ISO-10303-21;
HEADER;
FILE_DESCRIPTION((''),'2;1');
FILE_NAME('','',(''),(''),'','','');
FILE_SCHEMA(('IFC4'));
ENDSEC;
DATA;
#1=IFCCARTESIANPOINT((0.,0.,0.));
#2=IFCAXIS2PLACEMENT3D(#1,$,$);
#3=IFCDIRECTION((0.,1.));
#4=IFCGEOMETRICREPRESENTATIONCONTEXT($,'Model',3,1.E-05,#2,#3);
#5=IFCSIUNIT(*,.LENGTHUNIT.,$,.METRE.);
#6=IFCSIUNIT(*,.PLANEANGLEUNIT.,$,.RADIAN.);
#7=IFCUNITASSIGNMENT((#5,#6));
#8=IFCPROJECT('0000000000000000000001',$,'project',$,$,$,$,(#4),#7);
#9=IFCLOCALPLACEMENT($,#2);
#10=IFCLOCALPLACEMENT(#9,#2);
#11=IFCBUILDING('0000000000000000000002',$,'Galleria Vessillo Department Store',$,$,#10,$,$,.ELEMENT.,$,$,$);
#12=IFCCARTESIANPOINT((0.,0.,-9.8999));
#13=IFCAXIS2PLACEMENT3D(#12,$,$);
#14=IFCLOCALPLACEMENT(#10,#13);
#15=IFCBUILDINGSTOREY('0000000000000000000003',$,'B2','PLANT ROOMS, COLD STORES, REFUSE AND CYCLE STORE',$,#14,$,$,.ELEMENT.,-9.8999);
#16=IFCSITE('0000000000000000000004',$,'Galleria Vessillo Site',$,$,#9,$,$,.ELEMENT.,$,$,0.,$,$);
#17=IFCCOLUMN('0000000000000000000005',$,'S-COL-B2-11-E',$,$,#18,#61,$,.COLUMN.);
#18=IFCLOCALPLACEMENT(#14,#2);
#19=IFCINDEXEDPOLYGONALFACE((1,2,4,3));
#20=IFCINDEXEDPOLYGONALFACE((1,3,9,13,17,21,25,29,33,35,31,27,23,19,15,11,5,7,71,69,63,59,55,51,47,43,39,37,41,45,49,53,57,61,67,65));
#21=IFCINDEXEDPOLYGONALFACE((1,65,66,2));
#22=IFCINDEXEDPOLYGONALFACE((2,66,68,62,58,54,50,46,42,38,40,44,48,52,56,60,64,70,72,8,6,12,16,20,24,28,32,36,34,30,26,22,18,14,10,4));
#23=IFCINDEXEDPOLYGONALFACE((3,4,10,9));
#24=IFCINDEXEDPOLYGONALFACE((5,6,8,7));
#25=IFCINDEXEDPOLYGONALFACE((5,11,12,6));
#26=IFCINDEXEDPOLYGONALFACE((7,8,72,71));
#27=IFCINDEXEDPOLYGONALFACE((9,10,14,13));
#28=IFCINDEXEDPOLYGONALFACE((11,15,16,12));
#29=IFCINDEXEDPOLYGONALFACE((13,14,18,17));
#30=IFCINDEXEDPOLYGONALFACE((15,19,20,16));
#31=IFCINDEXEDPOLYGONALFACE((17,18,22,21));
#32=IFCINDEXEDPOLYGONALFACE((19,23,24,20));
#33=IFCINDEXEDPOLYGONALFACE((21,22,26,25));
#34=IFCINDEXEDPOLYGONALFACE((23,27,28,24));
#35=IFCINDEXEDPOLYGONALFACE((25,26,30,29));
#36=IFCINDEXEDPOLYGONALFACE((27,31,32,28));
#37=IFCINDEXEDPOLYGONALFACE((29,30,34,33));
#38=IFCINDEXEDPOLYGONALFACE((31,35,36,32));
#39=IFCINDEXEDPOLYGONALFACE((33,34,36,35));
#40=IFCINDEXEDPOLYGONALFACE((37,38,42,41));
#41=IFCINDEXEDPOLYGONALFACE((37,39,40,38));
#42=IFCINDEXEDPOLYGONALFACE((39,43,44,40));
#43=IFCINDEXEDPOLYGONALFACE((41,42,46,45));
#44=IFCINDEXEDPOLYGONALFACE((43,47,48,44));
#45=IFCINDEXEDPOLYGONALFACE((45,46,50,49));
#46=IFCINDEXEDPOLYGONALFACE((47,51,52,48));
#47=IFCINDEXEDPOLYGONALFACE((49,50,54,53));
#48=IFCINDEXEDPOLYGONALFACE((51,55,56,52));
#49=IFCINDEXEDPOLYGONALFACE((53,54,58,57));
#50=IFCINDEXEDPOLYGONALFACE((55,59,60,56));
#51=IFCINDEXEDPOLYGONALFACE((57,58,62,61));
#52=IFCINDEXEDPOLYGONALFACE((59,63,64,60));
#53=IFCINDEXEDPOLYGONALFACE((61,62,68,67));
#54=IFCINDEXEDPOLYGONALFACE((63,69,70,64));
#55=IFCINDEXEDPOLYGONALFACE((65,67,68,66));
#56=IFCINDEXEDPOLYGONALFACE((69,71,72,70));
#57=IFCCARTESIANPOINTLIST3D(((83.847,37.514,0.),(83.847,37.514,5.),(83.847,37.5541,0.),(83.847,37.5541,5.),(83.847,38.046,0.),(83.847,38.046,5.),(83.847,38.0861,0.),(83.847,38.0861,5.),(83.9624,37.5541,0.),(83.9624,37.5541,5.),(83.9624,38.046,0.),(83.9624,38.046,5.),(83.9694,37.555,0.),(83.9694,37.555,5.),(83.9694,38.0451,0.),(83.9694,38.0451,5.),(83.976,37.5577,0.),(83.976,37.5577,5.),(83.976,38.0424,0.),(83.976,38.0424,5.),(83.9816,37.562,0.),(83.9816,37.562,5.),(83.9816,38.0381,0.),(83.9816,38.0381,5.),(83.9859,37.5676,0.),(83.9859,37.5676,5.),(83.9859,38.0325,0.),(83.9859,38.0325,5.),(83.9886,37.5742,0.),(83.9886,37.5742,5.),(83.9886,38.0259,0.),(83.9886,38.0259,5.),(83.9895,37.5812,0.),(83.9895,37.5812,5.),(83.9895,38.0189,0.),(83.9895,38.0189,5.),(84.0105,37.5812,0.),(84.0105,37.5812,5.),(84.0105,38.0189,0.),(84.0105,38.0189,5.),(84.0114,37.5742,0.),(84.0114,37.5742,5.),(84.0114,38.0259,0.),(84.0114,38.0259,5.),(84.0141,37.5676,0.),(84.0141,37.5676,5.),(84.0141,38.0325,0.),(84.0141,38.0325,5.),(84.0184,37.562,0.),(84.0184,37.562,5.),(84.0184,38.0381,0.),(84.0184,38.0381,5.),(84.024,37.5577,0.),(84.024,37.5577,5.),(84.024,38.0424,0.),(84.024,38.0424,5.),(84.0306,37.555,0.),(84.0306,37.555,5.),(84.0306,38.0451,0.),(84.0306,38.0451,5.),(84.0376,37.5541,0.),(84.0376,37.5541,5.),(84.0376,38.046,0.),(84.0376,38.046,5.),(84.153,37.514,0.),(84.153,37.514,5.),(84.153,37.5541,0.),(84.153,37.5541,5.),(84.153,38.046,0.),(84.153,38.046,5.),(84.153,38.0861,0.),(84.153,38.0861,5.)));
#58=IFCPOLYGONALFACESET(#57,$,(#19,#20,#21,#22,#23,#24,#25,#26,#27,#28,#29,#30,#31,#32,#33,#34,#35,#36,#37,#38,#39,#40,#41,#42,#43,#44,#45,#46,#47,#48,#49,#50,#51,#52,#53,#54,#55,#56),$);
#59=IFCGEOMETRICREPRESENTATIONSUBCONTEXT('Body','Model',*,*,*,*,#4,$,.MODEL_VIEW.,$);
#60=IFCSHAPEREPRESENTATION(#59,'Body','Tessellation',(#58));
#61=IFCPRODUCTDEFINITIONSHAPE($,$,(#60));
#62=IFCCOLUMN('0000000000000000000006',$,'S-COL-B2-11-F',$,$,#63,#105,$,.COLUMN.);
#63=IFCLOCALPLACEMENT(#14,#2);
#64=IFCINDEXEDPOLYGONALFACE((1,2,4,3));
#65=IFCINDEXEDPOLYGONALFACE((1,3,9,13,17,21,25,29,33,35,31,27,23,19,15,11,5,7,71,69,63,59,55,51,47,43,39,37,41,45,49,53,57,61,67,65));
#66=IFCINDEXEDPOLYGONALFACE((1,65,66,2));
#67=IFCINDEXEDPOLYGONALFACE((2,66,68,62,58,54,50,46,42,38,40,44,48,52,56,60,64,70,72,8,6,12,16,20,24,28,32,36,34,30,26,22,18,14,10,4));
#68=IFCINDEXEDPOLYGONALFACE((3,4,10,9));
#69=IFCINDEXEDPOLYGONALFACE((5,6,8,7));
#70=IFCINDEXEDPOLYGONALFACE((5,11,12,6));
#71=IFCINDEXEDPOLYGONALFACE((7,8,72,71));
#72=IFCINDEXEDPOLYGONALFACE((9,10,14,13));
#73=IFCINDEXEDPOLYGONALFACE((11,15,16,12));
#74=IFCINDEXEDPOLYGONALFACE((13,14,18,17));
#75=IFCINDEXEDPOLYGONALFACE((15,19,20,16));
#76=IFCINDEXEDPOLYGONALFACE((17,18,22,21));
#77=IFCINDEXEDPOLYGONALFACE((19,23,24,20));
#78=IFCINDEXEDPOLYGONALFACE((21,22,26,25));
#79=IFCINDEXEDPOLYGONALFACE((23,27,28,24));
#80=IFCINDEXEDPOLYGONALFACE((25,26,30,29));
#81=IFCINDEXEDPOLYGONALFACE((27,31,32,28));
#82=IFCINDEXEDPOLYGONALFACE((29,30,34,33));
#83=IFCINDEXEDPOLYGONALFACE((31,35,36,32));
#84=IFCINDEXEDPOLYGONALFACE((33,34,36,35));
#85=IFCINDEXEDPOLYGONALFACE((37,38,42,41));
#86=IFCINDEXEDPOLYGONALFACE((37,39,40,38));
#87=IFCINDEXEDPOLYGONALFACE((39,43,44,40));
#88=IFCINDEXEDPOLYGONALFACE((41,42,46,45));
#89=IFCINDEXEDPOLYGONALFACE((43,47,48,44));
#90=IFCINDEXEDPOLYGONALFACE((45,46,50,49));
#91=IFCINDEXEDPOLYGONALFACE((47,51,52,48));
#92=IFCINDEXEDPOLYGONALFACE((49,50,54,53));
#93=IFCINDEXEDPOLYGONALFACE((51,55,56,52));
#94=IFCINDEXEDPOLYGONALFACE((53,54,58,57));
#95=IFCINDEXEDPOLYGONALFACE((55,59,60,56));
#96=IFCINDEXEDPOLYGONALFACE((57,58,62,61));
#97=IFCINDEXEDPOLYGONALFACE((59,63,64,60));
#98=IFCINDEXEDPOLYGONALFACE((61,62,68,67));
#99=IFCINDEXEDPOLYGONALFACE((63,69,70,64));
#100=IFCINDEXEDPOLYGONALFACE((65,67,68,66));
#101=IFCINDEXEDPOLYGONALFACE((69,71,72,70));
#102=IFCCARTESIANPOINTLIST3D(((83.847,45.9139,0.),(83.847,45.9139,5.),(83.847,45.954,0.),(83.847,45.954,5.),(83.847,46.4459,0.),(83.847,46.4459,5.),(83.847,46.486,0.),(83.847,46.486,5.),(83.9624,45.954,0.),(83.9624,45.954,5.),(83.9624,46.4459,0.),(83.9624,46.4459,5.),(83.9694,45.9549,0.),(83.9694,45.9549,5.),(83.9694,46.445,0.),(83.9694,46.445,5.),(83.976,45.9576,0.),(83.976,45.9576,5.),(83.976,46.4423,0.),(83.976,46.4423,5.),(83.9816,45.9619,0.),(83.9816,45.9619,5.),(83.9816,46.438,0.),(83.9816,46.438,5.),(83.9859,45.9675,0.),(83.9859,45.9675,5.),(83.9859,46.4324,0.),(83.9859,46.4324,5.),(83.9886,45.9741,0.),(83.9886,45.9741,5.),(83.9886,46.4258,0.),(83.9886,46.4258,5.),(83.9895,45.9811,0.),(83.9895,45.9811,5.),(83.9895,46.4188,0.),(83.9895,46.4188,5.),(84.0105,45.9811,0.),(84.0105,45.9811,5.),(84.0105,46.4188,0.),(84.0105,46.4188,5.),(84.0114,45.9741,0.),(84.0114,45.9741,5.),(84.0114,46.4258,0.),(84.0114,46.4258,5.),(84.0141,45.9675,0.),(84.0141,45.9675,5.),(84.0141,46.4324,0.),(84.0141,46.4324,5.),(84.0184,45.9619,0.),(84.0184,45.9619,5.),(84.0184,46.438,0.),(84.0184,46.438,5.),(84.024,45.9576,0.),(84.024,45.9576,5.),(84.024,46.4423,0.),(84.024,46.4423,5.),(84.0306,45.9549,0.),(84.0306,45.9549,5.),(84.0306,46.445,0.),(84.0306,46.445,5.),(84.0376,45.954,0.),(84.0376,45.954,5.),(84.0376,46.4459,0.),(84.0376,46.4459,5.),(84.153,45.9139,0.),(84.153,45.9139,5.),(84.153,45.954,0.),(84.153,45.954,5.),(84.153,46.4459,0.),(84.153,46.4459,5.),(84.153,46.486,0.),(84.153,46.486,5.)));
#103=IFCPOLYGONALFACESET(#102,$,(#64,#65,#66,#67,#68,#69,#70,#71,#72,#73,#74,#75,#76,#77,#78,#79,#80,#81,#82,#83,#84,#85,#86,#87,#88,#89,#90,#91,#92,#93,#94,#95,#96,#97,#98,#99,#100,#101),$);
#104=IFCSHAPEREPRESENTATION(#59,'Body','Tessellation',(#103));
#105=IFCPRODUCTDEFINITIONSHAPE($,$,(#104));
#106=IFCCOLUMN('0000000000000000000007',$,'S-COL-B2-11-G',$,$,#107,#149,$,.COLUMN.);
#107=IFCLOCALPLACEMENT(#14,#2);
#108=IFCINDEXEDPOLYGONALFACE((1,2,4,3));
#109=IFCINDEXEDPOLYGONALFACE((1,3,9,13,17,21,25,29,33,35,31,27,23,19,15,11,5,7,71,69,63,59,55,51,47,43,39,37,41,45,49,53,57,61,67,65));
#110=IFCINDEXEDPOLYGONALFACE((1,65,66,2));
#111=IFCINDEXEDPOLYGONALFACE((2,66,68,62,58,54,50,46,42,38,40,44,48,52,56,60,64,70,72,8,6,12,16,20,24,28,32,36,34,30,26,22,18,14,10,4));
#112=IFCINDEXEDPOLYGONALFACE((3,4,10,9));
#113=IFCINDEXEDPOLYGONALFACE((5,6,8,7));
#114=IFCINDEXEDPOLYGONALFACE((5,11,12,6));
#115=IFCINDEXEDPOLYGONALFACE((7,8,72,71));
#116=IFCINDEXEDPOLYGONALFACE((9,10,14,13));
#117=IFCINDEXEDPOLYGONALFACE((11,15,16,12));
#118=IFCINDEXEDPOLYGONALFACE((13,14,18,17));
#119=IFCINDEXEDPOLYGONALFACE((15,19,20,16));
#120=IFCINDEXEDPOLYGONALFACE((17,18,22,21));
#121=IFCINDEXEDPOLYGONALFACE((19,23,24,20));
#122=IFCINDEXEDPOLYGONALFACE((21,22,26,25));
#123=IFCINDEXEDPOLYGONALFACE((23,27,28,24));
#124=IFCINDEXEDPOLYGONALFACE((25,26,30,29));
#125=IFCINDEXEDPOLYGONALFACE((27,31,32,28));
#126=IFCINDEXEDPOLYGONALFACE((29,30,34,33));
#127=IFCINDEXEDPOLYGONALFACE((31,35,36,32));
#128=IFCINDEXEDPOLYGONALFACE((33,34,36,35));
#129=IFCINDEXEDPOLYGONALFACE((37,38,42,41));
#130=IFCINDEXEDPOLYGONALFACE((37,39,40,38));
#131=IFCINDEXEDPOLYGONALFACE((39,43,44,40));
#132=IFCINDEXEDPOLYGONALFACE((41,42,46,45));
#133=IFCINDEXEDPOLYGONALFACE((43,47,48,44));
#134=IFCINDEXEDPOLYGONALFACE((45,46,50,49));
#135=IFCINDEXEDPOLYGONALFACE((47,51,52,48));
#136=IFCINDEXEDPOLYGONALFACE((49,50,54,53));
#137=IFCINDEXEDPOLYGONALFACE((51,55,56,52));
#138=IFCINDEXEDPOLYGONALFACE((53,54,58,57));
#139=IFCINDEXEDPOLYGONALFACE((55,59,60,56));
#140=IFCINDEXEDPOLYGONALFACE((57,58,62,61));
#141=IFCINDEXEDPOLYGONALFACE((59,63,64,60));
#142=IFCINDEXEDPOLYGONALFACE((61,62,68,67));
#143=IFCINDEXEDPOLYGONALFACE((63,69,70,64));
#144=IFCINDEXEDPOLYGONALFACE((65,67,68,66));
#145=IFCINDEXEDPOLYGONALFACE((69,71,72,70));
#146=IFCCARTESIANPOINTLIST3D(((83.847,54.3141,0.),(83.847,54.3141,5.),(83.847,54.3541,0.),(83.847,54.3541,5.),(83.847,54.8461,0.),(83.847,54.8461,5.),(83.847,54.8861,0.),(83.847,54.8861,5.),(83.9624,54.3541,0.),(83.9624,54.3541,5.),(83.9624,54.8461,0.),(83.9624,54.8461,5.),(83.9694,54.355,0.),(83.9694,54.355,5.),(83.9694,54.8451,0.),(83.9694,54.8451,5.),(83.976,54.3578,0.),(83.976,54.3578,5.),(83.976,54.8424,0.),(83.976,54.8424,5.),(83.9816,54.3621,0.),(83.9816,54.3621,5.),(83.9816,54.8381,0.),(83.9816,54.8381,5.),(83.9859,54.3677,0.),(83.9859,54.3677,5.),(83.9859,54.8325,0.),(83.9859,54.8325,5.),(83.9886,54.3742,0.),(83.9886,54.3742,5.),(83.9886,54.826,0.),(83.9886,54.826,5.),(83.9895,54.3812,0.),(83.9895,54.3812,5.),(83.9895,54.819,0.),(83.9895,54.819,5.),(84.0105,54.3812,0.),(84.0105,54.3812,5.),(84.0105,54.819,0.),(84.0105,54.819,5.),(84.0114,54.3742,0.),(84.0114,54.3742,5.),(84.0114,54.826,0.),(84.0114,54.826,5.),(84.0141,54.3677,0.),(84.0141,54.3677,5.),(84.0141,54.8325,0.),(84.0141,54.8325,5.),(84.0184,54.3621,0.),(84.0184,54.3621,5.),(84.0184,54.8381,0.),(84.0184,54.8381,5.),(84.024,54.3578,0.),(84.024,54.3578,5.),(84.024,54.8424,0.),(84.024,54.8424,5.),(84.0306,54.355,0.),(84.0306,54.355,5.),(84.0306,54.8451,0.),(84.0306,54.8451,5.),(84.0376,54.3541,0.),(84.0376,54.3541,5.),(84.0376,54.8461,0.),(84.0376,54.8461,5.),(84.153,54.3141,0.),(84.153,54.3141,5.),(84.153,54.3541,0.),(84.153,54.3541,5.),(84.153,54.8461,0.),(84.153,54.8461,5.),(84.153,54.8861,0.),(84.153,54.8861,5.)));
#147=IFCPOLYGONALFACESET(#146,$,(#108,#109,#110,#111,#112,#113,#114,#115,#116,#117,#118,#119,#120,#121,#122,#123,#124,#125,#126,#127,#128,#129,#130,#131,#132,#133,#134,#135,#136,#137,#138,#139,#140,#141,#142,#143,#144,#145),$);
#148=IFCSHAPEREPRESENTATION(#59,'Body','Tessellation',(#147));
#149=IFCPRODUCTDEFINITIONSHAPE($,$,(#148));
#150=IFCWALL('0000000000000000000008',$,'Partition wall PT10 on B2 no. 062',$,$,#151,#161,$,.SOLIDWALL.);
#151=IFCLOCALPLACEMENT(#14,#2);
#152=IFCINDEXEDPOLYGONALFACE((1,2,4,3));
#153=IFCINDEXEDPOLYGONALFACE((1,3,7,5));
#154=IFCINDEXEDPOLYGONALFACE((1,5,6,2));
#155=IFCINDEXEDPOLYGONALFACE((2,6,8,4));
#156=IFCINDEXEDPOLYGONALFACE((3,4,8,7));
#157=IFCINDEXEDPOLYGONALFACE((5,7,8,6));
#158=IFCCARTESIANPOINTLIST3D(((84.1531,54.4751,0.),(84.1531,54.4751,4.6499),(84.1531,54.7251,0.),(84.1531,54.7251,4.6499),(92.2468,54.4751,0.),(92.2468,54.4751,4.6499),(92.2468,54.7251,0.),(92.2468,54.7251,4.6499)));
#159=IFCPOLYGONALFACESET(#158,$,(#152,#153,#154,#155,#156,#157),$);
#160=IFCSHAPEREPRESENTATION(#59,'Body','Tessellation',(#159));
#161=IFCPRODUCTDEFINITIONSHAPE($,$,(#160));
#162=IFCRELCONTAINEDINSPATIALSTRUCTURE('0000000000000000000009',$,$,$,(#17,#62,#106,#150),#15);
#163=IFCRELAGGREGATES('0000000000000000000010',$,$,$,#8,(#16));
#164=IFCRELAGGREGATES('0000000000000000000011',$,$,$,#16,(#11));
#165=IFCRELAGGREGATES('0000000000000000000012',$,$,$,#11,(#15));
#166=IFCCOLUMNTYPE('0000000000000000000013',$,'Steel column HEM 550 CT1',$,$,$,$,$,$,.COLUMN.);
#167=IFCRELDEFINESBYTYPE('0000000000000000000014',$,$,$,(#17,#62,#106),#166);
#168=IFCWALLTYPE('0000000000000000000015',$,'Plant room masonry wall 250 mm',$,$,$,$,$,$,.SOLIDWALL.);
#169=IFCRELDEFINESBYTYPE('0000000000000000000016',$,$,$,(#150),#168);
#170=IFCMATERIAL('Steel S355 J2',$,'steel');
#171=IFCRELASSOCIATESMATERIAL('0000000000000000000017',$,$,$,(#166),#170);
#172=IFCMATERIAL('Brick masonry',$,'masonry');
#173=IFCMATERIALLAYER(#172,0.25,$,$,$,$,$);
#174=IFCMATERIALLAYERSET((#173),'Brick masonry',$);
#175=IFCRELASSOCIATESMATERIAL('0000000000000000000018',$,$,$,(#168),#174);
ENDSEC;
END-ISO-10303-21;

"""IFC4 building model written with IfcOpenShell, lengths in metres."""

from ifc_helpers import new_model, si_unit, direction, frame, frame_2d, origin, origin_2d, place, context, subcontext, project, spatial, rectangle, i_section, extrude, material, layer, layer_set, material_profile, profile_set, type_object, element, save


model = new_model("IFC4")

# Units and contexts
model_context = context("Model", 3, precision=1e-05, world=origin(), true_north=direction((0.0, 1.0)))
body_context = subcontext(model_context, "Body", "Model", "MODEL_VIEW")
ifc_project = project(units=[si_unit("LENGTHUNIT", "METRE"), si_unit("PLANEANGLEUNIT", "RADIAN")], contexts=[model_context])

# Site, building, storey
site_placement = place(None, origin())
site = spatial("IfcSite", under=ifc_project, at=site_placement, Name="Galleria Vessillo Site", CompositionType="ELEMENT", RefElevation=0.0)
building_placement = place(site_placement, origin())
building = spatial("IfcBuilding", under=site, at=building_placement, Name="Galleria Vessillo Department Store", CompositionType="ELEMENT")
storey_placement = place(building_placement, frame((0.0, 0.0, -9.8999)))
storey = spatial("IfcBuildingStorey", under=building, at=storey_placement, Name="B2", Description="PLANT ROOMS, COLD STORES, REFUSE AND CYCLE STORE", CompositionType="ELEMENT", Elevation=-9.8999)

# Columns
ifc_material_1 = material(Name="Steel S355 J2", Category="steel")
ifc_material_profile_1 = material_profile(ifc_material_1, i_section(OverallWidth=0.3059, OverallDepth=0.572, WebThickness=0.021, FlangeThickness=0.04, FilletRadius=0.0271, at=origin_2d()), Name="HEM 550")
ifc_profile_set_1 = profile_set([ifc_material_profile_1], Name="Steel S355 J2")
column_type_1 = type_object("IfcColumnType", Name="Steel column HEM 550 CT1", PredefinedType="COLUMN", material=ifc_profile_set_1)
for number, where, z_axis, x_axis, name in (
    (1, (84.0, 37.8, 0.0), (0.0, 0.0, 1.0), (1.0, 0.0, 0.0), "S-COL-B2-11-E"),
    (2, (84.0, 46.2, 0.0), (0.0, 0.0, 1.0), (1.0, 0.0, 0.0), "S-COL-B2-11-F"),
    (3, (84.0, 54.6001, 0.0), (0.0, 0.0, 1.0), (1.0, 0.0, 0.0), "S-COL-B2-11-G"),
):
    element("IfcColumn", number, at=place(storey_placement, frame(where, z_axis=z_axis, x_axis=x_axis)), inside=storey, type_object=column_type_1, Name=name, PredefinedType="COLUMN", context=body_context, shape_type="SweptSolid", body=[
        extrude(i_section(OverallWidth=0.3059, OverallDepth=0.572, WebThickness=0.021, FlangeThickness=0.04, FilletRadius=0.0271, at=origin_2d()), origin(), (0.0, 0.0, 1.0), 5.0),
    ])

# Wall
ifc_material_2 = material(Name="Brick masonry", Category="masonry")
ifc_layer_1 = layer(ifc_material_2, 0.25)
ifc_layer_set_1 = layer_set([ifc_layer_1], Name="Brick masonry")
wall_type_1 = type_object("IfcWallType", Name="Plant room masonry wall 250 mm", PredefinedType="SOLIDWALL", material=ifc_layer_set_1)
wall_1_placement = place(storey_placement, frame((84.1531, 54.6001, 0.0), z_axis=(0.0, 0.0, 1.0), x_axis=(1.0, 0.0, 0.0)))
element("IfcWall", 4, at=wall_1_placement, inside=storey, type_object=wall_type_1, Name="Partition wall PT10 on B2 no. 062", PredefinedType="SOLIDWALL", context=body_context, shape_type="SweptSolid", body=[
    extrude(rectangle(XDim=8.0938, YDim=0.25, at=frame_2d((4.0469, 0.0))), origin(), (0.0, 0.0, 1.0), 4.6499),
])

save(model, "model.ifc")
